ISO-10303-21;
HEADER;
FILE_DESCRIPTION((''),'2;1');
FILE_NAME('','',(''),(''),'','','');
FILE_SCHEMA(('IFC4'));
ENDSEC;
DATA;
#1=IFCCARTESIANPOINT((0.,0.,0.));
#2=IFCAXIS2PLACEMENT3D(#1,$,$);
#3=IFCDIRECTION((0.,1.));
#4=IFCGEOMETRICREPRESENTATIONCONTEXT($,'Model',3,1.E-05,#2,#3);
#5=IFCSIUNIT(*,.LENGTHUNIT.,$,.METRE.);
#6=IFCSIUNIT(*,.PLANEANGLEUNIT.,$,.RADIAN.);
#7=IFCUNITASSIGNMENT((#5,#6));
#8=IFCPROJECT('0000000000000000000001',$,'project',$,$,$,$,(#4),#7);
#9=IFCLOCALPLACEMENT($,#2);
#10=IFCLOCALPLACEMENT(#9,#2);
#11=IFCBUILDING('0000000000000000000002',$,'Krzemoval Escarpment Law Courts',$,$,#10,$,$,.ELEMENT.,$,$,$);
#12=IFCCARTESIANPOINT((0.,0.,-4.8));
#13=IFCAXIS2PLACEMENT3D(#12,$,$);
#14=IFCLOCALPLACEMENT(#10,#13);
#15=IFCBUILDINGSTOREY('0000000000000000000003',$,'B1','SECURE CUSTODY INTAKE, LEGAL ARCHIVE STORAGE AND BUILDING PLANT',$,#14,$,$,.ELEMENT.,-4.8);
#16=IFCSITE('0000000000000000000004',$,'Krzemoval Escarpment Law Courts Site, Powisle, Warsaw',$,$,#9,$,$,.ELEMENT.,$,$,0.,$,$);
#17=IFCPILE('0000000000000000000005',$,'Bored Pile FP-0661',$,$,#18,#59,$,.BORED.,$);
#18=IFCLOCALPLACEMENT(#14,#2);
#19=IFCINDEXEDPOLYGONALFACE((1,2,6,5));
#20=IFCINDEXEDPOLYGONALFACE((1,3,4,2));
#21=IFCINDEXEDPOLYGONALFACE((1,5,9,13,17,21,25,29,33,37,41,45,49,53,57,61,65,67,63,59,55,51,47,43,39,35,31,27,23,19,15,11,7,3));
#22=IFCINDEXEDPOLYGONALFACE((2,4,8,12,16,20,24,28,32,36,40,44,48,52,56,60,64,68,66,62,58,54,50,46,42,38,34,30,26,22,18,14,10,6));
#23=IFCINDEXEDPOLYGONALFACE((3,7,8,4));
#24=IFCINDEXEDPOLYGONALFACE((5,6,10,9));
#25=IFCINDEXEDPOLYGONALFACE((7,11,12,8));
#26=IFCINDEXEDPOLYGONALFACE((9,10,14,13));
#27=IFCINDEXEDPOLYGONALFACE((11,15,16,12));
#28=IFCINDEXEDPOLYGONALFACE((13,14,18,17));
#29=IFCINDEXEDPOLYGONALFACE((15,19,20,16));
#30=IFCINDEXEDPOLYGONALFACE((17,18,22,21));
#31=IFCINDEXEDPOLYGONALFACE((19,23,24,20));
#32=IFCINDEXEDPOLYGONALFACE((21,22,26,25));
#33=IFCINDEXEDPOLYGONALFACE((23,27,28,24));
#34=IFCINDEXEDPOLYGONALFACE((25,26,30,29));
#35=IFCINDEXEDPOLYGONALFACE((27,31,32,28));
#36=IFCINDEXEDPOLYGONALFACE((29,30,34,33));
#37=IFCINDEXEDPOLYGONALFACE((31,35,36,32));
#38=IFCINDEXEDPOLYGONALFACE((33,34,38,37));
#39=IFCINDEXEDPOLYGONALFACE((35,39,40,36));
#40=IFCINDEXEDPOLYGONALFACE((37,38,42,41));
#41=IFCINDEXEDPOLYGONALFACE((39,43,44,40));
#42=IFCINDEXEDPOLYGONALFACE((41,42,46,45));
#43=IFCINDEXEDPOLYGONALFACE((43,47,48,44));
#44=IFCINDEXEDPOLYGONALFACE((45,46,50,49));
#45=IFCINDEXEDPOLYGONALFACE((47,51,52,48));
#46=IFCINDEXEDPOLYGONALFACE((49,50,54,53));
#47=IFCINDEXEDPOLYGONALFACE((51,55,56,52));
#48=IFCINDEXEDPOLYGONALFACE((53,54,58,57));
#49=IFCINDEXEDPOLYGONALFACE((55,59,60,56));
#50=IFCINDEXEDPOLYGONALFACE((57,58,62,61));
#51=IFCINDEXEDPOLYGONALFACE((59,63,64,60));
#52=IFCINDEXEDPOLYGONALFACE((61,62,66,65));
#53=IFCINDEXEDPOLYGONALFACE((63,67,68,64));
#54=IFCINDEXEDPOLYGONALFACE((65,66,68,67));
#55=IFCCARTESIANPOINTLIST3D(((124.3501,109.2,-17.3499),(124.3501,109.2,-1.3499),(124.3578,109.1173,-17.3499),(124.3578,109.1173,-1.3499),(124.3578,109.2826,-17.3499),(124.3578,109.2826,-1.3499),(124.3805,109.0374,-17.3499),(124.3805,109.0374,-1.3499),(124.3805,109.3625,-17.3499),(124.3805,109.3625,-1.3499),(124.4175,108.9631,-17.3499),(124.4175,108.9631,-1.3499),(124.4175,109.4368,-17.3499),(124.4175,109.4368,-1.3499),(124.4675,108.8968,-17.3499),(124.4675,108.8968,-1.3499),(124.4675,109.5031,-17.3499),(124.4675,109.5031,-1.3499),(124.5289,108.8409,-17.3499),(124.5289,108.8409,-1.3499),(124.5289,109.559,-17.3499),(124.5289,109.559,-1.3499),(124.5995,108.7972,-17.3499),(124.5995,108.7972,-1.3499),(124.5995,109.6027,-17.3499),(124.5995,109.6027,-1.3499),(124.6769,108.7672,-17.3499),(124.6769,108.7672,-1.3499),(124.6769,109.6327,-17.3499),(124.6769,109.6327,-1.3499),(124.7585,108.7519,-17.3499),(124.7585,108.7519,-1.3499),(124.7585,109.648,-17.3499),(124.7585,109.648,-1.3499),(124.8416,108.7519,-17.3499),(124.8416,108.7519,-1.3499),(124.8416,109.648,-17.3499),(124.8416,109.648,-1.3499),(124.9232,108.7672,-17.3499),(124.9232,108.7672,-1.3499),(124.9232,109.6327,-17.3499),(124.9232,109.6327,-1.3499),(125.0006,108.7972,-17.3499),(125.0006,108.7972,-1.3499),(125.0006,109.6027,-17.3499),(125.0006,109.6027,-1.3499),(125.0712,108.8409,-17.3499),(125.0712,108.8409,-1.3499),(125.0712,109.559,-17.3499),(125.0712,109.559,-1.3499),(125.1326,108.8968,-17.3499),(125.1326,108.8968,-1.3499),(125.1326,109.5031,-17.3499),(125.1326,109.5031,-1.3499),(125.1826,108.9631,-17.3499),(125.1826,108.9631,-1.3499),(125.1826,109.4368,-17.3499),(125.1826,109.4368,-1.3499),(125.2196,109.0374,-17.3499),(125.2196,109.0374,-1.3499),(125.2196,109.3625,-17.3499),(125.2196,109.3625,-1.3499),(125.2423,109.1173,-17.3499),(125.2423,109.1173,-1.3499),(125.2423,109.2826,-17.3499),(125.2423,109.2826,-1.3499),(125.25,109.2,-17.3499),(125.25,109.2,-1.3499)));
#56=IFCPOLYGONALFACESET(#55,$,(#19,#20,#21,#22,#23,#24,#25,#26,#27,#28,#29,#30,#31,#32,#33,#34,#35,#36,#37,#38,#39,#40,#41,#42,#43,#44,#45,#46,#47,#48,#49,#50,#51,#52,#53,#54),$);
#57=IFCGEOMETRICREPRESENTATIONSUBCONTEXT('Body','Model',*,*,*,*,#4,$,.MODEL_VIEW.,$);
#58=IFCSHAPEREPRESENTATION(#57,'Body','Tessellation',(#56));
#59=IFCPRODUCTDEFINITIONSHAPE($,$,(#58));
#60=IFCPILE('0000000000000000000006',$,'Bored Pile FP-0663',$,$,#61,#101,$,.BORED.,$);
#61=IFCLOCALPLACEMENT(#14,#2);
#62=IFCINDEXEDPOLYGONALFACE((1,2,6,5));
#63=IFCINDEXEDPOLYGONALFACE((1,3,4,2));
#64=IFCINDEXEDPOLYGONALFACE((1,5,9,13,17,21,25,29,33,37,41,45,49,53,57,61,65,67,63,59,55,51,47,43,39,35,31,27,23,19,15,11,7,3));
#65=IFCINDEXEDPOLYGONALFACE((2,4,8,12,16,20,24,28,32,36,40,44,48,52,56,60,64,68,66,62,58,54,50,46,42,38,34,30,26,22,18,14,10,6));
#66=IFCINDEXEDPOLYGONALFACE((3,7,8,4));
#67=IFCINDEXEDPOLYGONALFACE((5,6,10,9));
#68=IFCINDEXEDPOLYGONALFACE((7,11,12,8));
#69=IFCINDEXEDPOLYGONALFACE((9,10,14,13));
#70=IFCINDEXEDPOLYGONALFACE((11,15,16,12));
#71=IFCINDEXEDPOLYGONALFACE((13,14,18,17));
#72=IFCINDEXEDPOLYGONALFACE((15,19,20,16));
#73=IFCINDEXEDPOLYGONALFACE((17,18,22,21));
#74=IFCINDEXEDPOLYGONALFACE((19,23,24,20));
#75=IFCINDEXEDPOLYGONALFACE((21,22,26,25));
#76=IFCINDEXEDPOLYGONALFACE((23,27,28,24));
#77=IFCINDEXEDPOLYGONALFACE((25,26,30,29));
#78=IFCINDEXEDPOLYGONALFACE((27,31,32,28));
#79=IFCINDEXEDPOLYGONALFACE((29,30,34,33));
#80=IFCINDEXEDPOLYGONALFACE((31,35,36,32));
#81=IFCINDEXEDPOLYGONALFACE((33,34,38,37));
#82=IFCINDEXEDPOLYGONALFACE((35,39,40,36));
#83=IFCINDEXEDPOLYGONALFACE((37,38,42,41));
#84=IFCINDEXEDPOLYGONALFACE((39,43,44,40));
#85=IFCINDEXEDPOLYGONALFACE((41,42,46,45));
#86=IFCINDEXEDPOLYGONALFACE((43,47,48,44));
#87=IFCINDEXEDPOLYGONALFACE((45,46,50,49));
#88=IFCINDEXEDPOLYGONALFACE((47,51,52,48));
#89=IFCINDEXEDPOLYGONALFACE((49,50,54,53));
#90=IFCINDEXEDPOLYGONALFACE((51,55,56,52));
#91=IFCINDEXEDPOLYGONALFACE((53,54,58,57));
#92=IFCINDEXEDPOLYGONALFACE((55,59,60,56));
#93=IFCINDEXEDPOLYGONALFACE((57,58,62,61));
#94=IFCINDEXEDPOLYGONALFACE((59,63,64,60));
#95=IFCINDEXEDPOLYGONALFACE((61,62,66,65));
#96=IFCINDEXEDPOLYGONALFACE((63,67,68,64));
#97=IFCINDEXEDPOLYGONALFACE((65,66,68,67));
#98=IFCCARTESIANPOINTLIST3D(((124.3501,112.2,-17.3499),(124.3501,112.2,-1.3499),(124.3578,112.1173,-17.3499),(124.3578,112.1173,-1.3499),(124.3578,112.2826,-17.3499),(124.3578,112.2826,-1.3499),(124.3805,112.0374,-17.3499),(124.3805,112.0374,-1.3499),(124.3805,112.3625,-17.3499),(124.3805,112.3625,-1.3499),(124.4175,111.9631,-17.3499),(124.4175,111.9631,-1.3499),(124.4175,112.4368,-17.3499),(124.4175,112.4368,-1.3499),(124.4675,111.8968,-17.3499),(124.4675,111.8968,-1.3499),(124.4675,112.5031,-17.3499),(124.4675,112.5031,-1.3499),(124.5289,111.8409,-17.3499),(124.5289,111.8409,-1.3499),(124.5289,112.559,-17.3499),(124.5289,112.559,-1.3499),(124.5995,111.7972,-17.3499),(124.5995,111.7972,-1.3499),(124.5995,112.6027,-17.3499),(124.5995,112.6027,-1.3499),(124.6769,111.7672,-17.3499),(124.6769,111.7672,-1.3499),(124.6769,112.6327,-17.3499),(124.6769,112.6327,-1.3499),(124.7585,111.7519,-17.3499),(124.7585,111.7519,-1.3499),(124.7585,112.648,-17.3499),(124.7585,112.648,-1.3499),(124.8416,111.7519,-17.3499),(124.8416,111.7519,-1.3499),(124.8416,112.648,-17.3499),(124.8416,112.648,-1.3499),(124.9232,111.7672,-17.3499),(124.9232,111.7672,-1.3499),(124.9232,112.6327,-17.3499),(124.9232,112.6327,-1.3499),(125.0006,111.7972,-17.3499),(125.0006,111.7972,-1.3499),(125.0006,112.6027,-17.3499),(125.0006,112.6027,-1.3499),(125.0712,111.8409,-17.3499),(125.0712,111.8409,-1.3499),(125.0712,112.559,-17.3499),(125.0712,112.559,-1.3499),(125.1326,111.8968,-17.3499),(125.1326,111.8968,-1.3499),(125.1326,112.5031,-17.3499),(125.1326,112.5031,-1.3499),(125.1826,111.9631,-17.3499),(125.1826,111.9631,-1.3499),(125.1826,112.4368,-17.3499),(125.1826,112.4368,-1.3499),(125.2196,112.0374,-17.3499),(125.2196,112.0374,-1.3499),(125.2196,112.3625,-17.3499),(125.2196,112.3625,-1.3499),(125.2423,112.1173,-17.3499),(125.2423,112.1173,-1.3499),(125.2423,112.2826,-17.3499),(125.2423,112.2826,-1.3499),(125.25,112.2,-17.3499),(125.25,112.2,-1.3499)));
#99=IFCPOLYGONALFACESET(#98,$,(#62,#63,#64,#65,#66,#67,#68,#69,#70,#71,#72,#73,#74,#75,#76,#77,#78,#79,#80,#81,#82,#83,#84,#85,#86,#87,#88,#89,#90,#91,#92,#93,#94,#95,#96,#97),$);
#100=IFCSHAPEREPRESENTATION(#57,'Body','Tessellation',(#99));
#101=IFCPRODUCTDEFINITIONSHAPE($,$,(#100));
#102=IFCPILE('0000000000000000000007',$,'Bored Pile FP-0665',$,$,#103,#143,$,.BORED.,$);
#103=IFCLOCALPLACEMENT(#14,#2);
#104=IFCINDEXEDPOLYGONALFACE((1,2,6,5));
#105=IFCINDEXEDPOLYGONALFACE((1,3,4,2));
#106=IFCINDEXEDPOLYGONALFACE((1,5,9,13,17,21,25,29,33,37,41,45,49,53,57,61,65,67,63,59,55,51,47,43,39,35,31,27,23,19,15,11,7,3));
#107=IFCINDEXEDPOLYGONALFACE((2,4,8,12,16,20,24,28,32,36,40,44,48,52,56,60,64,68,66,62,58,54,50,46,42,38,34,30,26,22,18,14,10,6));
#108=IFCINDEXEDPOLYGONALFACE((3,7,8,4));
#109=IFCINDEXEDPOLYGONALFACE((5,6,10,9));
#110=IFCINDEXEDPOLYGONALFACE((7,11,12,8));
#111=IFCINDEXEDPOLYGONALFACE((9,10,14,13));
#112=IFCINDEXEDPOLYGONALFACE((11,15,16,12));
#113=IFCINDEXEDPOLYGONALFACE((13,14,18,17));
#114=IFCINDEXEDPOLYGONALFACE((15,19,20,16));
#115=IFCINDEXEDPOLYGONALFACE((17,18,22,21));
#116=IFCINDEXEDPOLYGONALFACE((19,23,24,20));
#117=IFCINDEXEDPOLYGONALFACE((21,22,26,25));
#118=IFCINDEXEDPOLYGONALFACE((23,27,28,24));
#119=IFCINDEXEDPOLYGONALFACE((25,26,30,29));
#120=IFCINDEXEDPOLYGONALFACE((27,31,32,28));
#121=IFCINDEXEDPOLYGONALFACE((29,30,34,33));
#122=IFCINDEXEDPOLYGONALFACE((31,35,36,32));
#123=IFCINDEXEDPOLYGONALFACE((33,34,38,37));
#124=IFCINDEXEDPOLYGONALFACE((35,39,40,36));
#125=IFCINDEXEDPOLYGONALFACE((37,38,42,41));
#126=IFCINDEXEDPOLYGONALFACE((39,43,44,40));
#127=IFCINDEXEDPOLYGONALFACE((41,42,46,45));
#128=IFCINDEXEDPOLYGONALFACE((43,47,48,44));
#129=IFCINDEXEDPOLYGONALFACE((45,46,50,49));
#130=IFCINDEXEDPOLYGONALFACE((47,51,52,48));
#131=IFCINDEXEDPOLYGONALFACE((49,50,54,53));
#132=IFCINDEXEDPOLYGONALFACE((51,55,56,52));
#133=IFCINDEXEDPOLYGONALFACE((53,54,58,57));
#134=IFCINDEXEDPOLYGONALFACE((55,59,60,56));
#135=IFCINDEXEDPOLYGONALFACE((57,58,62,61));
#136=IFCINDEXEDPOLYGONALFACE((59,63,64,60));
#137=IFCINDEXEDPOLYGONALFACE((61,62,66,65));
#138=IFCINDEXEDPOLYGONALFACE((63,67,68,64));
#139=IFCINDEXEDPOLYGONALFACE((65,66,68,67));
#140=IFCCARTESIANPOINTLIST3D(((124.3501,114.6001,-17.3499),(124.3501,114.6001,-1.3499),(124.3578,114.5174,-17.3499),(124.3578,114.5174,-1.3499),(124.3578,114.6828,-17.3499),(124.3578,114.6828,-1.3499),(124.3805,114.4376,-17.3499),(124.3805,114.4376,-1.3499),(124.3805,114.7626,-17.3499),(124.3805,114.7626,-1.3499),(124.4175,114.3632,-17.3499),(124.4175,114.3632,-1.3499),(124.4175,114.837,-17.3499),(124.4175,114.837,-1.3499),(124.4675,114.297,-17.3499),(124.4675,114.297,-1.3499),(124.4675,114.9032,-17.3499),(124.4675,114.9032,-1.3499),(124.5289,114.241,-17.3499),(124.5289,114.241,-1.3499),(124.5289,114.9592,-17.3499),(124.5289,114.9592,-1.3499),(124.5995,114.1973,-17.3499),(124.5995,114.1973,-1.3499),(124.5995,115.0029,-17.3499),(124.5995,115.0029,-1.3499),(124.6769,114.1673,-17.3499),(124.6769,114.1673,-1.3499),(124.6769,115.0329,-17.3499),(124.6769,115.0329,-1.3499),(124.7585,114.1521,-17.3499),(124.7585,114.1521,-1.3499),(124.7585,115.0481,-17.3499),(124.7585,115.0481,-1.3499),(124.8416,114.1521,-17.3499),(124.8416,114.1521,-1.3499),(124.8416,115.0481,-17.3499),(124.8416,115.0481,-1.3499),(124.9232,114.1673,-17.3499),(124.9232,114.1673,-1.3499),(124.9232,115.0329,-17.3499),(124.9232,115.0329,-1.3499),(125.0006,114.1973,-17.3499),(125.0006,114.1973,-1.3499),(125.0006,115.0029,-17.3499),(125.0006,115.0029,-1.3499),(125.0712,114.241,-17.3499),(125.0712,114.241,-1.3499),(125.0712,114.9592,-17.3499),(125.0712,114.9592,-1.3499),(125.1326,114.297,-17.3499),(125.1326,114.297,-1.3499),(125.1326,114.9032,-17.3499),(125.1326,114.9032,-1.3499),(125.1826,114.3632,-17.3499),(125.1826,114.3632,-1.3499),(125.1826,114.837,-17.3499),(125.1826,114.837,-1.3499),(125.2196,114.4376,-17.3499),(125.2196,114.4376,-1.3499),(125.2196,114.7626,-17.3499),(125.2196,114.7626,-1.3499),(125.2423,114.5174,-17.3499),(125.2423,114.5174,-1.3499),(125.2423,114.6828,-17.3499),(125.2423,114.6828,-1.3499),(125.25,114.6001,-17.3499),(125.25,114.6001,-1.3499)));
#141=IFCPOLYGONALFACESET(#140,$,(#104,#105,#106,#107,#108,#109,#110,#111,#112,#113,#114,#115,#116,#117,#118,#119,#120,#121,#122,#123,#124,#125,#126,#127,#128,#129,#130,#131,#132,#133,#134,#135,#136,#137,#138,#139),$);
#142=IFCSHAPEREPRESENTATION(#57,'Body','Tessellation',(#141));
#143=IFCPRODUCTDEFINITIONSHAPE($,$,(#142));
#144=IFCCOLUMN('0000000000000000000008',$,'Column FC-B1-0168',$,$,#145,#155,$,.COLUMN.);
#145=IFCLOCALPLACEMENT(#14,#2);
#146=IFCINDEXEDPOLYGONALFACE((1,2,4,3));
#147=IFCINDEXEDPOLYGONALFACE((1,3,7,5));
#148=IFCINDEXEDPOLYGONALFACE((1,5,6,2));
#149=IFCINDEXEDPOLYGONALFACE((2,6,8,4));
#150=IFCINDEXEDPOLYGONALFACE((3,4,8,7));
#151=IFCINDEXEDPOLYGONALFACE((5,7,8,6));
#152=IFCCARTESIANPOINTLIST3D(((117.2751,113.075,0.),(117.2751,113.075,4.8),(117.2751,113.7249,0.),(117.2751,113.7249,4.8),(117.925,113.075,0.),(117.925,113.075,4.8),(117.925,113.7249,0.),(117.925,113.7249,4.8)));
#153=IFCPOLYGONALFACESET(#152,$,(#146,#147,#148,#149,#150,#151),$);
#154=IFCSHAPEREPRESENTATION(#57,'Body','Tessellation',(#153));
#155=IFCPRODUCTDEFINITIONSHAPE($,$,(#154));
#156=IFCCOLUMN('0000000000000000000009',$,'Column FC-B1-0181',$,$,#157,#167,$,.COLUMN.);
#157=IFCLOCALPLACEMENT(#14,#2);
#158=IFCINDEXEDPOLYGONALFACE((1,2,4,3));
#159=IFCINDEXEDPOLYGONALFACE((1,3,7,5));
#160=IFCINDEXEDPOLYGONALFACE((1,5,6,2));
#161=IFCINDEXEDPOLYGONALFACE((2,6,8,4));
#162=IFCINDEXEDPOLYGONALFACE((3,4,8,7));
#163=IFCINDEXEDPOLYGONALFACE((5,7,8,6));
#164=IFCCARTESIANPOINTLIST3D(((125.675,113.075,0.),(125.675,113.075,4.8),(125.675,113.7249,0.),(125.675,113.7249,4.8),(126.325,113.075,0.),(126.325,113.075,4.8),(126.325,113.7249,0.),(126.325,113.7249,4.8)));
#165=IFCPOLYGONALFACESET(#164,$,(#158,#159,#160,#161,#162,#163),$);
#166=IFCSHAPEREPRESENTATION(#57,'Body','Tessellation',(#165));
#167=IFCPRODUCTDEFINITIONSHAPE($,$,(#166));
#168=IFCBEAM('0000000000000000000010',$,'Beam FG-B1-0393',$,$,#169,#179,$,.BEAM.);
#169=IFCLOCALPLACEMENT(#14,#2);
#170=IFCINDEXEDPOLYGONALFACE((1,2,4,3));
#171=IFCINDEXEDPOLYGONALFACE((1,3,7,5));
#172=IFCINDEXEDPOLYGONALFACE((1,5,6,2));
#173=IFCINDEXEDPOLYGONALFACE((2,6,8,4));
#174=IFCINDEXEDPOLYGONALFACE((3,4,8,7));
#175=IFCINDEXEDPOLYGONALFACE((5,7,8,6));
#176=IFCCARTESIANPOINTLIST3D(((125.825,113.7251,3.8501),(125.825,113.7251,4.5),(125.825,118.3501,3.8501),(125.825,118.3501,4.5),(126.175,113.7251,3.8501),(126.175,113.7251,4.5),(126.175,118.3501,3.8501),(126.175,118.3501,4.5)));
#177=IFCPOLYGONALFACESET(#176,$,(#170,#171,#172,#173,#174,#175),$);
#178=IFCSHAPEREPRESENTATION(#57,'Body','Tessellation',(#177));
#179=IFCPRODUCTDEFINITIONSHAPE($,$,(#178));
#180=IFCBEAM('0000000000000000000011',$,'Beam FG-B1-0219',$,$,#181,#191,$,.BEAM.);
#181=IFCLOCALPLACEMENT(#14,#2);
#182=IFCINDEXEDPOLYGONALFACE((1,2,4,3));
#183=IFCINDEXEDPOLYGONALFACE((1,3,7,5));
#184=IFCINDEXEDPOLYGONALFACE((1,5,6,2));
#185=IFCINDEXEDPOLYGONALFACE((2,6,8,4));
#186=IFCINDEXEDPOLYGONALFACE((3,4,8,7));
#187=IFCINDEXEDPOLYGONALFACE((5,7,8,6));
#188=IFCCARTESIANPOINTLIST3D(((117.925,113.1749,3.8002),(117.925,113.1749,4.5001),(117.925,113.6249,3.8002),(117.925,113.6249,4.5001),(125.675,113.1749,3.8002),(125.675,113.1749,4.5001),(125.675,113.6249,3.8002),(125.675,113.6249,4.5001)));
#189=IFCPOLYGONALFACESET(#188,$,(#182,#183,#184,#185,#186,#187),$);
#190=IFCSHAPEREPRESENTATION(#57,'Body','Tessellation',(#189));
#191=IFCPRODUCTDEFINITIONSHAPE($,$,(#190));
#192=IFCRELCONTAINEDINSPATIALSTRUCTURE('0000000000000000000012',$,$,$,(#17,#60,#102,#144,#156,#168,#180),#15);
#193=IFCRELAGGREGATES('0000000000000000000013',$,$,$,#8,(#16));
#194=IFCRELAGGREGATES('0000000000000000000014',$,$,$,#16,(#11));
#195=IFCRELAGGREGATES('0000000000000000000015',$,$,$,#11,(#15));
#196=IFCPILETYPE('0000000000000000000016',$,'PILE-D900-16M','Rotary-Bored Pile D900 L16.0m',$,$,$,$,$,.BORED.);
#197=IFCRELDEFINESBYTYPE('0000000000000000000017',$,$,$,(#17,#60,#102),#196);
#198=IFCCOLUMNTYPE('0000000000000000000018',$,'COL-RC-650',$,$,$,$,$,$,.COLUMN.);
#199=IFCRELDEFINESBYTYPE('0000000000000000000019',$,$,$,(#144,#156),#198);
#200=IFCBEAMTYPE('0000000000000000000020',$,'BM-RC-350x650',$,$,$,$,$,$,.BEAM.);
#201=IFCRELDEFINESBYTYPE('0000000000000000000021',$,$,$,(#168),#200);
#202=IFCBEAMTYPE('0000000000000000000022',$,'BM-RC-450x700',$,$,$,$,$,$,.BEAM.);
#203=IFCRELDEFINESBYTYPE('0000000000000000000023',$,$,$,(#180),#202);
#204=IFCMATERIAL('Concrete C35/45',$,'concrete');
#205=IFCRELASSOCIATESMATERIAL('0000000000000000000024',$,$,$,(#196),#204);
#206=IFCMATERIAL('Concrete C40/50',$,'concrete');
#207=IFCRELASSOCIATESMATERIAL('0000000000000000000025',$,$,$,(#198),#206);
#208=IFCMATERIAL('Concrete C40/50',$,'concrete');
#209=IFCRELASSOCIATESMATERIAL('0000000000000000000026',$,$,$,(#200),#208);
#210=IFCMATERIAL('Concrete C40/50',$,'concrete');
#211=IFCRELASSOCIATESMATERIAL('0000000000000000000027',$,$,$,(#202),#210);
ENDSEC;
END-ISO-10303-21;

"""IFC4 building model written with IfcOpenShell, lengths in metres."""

from ifc_helpers import new_model, si_unit, direction, frame, origin, origin_2d, place, context, subcontext, project, spatial, rectangle, circle, extrude, material, material_profile, profile_set, type_object, element, save


model = new_model("IFC4")

# Units and contexts
model_context = context("Model", 3, precision=1e-05, world=origin(), true_north=direction((0.0, 1.0)))
body_context = subcontext(model_context, "Body", "Model", "MODEL_VIEW")
ifc_project = project(units=[si_unit("LENGTHUNIT", "METRE"), si_unit("PLANEANGLEUNIT", "RADIAN")], contexts=[model_context])

# Site, building, storey
site_placement = place(None, origin())
site = spatial("IfcSite", under=ifc_project, at=site_placement, Name="Krzemoval Escarpment Law Courts Site, Powisle, Warsaw", CompositionType="ELEMENT", RefElevation=0.0)
building_placement = place(site_placement, origin())
building = spatial("IfcBuilding", under=site, at=building_placement, Name="Krzemoval Escarpment Law Courts", CompositionType="ELEMENT")
storey_placement = place(building_placement, frame((0.0, 0.0, -4.8)))
storey = spatial("IfcBuildingStorey", under=building, at=storey_placement, Name="B1", Description="SECURE CUSTODY INTAKE, LEGAL ARCHIVE STORAGE AND BUILDING PLANT", CompositionType="ELEMENT", Elevation=-4.8)

# Piles
ifc_material_1 = material(Name="Concrete C35/45", Category="concrete")
ifc_material_profile_1 = material_profile(ifc_material_1, circle(Radius=0.45, at=origin_2d()), Name="PILE D900")
ifc_profile_set_1 = profile_set([ifc_material_profile_1], Name="Concrete C35/45")
pile_type_1 = type_object("IfcPileType", Name="PILE-D900-16M", Description="Rotary-Bored Pile D900 L16.0m", PredefinedType="BORED", material=ifc_profile_set_1)
for number, where, z_axis, x_axis, name in (
    (1, (124.8, 109.2, -1.3499), (0.0, 0.0, -1.0), (1.0, 0.0, 0.0), "Bored Pile FP-0661"),
    (2, (124.8, 112.2, -1.3499), (0.0, 0.0, -1.0), (1.0, 0.0, 0.0), "Bored Pile FP-0663"),
    (3, (124.8, 114.6001, -1.3499), (0.0, 0.0, -1.0), (1.0, 0.0, 0.0), "Bored Pile FP-0665"),
):
    element("IfcPile", number, at=place(storey_placement, frame(where, z_axis=z_axis, x_axis=x_axis)), inside=storey, type_object=pile_type_1, Name=name, PredefinedType="BORED", context=body_context, shape_type="SweptSolid", body=[
        extrude(circle(Radius=0.45, at=origin_2d()), origin(), (0.0, 0.0, 1.0), 16.0),
    ])

# Columns
ifc_material_2 = material(Name="Concrete C40/50", Category="concrete")
ifc_material_profile_2 = material_profile(ifc_material_2, rectangle(XDim=0.6499, YDim=0.6499, at=origin_2d()), Name="RC 650x650")
ifc_profile_set_2 = profile_set([ifc_material_profile_2], Name="Concrete C40/50")
column_type = type_object("IfcColumnType", Name="COL-RC-650", PredefinedType="COLUMN", material=ifc_profile_set_2)
for number, where, z_axis, x_axis, name in (
    (4, (117.6001, 113.3999, 0.0), (0.0, 0.0, 1.0), (1.0, 0.0, 0.0), "Column FC-B1-0168"),
    (5, (126.0, 113.3999, 0.0), (0.0, 0.0, 1.0), (1.0, 0.0, 0.0), "Column FC-B1-0181"),
):
    element("IfcColumn", number, at=place(storey_placement, frame(where, z_axis=z_axis, x_axis=x_axis)), inside=storey, type_object=column_type, Name=name, PredefinedType="COLUMN", context=body_context, shape_type="SweptSolid", body=[
        extrude(rectangle(XDim=0.6499, YDim=0.6499, at=origin_2d()), origin(), (0.0, 0.0, 1.0), 4.8),
    ])

# Beams
ifc_material_3 = material(Name="Concrete C40/50", Category="concrete")
ifc_material_profile_3 = material_profile(ifc_material_3, rectangle(XDim=0.3501, YDim=0.6499, at=origin_2d()), Name="RCB 350x650")
ifc_profile_set_3 = profile_set([ifc_material_profile_3], Name="Concrete C40/50")
beam_type_1 = type_object("IfcBeamType", Name="BM-RC-350x650", PredefinedType="BEAM", material=ifc_profile_set_3)
beam_1_placement = place(storey_placement, frame((126.0, 113.7251, 4.175), z_axis=(0.0, 1.0, 0.0), x_axis=(-1.0, 0.0, 0.0)))
element("IfcBeam", 6, at=beam_1_placement, inside=storey, type_object=beam_type_1, Name="Beam FG-B1-0393", PredefinedType="BEAM", context=body_context, shape_type="SweptSolid", body=[
    extrude(rectangle(XDim=0.3501, YDim=0.6499, at=origin_2d()), origin(), (0.0, 0.0, 1.0), 4.625),
])
ifc_material_4 = material(Name="Concrete C40/50", Category="concrete")
ifc_material_profile_4 = material_profile(ifc_material_4, rectangle(XDim=0.45, YDim=0.7, at=origin_2d()), Name="RCB 450x700")
ifc_profile_set_4 = profile_set([ifc_material_profile_4], Name="Concrete C40/50")
beam_type_2 = type_object("IfcBeamType", Name="BM-RC-450x700", PredefinedType="BEAM", material=ifc_profile_set_4)
beam_2_placement = place(storey_placement, frame((117.925, 113.3999, 4.1501), z_axis=(1.0, 0.0, 0.0), x_axis=(0.0, 1.0, 0.0)))
element("IfcBeam", 7, at=beam_2_placement, inside=storey, type_object=beam_type_2, Name="Beam FG-B1-0219", PredefinedType="BEAM", context=body_context, shape_type="SweptSolid", body=[
    extrude(rectangle(XDim=0.45, YDim=0.7, at=origin_2d()), origin(), (0.0, 0.0, 1.0), 7.75),
])

save(model, "model.ifc")
